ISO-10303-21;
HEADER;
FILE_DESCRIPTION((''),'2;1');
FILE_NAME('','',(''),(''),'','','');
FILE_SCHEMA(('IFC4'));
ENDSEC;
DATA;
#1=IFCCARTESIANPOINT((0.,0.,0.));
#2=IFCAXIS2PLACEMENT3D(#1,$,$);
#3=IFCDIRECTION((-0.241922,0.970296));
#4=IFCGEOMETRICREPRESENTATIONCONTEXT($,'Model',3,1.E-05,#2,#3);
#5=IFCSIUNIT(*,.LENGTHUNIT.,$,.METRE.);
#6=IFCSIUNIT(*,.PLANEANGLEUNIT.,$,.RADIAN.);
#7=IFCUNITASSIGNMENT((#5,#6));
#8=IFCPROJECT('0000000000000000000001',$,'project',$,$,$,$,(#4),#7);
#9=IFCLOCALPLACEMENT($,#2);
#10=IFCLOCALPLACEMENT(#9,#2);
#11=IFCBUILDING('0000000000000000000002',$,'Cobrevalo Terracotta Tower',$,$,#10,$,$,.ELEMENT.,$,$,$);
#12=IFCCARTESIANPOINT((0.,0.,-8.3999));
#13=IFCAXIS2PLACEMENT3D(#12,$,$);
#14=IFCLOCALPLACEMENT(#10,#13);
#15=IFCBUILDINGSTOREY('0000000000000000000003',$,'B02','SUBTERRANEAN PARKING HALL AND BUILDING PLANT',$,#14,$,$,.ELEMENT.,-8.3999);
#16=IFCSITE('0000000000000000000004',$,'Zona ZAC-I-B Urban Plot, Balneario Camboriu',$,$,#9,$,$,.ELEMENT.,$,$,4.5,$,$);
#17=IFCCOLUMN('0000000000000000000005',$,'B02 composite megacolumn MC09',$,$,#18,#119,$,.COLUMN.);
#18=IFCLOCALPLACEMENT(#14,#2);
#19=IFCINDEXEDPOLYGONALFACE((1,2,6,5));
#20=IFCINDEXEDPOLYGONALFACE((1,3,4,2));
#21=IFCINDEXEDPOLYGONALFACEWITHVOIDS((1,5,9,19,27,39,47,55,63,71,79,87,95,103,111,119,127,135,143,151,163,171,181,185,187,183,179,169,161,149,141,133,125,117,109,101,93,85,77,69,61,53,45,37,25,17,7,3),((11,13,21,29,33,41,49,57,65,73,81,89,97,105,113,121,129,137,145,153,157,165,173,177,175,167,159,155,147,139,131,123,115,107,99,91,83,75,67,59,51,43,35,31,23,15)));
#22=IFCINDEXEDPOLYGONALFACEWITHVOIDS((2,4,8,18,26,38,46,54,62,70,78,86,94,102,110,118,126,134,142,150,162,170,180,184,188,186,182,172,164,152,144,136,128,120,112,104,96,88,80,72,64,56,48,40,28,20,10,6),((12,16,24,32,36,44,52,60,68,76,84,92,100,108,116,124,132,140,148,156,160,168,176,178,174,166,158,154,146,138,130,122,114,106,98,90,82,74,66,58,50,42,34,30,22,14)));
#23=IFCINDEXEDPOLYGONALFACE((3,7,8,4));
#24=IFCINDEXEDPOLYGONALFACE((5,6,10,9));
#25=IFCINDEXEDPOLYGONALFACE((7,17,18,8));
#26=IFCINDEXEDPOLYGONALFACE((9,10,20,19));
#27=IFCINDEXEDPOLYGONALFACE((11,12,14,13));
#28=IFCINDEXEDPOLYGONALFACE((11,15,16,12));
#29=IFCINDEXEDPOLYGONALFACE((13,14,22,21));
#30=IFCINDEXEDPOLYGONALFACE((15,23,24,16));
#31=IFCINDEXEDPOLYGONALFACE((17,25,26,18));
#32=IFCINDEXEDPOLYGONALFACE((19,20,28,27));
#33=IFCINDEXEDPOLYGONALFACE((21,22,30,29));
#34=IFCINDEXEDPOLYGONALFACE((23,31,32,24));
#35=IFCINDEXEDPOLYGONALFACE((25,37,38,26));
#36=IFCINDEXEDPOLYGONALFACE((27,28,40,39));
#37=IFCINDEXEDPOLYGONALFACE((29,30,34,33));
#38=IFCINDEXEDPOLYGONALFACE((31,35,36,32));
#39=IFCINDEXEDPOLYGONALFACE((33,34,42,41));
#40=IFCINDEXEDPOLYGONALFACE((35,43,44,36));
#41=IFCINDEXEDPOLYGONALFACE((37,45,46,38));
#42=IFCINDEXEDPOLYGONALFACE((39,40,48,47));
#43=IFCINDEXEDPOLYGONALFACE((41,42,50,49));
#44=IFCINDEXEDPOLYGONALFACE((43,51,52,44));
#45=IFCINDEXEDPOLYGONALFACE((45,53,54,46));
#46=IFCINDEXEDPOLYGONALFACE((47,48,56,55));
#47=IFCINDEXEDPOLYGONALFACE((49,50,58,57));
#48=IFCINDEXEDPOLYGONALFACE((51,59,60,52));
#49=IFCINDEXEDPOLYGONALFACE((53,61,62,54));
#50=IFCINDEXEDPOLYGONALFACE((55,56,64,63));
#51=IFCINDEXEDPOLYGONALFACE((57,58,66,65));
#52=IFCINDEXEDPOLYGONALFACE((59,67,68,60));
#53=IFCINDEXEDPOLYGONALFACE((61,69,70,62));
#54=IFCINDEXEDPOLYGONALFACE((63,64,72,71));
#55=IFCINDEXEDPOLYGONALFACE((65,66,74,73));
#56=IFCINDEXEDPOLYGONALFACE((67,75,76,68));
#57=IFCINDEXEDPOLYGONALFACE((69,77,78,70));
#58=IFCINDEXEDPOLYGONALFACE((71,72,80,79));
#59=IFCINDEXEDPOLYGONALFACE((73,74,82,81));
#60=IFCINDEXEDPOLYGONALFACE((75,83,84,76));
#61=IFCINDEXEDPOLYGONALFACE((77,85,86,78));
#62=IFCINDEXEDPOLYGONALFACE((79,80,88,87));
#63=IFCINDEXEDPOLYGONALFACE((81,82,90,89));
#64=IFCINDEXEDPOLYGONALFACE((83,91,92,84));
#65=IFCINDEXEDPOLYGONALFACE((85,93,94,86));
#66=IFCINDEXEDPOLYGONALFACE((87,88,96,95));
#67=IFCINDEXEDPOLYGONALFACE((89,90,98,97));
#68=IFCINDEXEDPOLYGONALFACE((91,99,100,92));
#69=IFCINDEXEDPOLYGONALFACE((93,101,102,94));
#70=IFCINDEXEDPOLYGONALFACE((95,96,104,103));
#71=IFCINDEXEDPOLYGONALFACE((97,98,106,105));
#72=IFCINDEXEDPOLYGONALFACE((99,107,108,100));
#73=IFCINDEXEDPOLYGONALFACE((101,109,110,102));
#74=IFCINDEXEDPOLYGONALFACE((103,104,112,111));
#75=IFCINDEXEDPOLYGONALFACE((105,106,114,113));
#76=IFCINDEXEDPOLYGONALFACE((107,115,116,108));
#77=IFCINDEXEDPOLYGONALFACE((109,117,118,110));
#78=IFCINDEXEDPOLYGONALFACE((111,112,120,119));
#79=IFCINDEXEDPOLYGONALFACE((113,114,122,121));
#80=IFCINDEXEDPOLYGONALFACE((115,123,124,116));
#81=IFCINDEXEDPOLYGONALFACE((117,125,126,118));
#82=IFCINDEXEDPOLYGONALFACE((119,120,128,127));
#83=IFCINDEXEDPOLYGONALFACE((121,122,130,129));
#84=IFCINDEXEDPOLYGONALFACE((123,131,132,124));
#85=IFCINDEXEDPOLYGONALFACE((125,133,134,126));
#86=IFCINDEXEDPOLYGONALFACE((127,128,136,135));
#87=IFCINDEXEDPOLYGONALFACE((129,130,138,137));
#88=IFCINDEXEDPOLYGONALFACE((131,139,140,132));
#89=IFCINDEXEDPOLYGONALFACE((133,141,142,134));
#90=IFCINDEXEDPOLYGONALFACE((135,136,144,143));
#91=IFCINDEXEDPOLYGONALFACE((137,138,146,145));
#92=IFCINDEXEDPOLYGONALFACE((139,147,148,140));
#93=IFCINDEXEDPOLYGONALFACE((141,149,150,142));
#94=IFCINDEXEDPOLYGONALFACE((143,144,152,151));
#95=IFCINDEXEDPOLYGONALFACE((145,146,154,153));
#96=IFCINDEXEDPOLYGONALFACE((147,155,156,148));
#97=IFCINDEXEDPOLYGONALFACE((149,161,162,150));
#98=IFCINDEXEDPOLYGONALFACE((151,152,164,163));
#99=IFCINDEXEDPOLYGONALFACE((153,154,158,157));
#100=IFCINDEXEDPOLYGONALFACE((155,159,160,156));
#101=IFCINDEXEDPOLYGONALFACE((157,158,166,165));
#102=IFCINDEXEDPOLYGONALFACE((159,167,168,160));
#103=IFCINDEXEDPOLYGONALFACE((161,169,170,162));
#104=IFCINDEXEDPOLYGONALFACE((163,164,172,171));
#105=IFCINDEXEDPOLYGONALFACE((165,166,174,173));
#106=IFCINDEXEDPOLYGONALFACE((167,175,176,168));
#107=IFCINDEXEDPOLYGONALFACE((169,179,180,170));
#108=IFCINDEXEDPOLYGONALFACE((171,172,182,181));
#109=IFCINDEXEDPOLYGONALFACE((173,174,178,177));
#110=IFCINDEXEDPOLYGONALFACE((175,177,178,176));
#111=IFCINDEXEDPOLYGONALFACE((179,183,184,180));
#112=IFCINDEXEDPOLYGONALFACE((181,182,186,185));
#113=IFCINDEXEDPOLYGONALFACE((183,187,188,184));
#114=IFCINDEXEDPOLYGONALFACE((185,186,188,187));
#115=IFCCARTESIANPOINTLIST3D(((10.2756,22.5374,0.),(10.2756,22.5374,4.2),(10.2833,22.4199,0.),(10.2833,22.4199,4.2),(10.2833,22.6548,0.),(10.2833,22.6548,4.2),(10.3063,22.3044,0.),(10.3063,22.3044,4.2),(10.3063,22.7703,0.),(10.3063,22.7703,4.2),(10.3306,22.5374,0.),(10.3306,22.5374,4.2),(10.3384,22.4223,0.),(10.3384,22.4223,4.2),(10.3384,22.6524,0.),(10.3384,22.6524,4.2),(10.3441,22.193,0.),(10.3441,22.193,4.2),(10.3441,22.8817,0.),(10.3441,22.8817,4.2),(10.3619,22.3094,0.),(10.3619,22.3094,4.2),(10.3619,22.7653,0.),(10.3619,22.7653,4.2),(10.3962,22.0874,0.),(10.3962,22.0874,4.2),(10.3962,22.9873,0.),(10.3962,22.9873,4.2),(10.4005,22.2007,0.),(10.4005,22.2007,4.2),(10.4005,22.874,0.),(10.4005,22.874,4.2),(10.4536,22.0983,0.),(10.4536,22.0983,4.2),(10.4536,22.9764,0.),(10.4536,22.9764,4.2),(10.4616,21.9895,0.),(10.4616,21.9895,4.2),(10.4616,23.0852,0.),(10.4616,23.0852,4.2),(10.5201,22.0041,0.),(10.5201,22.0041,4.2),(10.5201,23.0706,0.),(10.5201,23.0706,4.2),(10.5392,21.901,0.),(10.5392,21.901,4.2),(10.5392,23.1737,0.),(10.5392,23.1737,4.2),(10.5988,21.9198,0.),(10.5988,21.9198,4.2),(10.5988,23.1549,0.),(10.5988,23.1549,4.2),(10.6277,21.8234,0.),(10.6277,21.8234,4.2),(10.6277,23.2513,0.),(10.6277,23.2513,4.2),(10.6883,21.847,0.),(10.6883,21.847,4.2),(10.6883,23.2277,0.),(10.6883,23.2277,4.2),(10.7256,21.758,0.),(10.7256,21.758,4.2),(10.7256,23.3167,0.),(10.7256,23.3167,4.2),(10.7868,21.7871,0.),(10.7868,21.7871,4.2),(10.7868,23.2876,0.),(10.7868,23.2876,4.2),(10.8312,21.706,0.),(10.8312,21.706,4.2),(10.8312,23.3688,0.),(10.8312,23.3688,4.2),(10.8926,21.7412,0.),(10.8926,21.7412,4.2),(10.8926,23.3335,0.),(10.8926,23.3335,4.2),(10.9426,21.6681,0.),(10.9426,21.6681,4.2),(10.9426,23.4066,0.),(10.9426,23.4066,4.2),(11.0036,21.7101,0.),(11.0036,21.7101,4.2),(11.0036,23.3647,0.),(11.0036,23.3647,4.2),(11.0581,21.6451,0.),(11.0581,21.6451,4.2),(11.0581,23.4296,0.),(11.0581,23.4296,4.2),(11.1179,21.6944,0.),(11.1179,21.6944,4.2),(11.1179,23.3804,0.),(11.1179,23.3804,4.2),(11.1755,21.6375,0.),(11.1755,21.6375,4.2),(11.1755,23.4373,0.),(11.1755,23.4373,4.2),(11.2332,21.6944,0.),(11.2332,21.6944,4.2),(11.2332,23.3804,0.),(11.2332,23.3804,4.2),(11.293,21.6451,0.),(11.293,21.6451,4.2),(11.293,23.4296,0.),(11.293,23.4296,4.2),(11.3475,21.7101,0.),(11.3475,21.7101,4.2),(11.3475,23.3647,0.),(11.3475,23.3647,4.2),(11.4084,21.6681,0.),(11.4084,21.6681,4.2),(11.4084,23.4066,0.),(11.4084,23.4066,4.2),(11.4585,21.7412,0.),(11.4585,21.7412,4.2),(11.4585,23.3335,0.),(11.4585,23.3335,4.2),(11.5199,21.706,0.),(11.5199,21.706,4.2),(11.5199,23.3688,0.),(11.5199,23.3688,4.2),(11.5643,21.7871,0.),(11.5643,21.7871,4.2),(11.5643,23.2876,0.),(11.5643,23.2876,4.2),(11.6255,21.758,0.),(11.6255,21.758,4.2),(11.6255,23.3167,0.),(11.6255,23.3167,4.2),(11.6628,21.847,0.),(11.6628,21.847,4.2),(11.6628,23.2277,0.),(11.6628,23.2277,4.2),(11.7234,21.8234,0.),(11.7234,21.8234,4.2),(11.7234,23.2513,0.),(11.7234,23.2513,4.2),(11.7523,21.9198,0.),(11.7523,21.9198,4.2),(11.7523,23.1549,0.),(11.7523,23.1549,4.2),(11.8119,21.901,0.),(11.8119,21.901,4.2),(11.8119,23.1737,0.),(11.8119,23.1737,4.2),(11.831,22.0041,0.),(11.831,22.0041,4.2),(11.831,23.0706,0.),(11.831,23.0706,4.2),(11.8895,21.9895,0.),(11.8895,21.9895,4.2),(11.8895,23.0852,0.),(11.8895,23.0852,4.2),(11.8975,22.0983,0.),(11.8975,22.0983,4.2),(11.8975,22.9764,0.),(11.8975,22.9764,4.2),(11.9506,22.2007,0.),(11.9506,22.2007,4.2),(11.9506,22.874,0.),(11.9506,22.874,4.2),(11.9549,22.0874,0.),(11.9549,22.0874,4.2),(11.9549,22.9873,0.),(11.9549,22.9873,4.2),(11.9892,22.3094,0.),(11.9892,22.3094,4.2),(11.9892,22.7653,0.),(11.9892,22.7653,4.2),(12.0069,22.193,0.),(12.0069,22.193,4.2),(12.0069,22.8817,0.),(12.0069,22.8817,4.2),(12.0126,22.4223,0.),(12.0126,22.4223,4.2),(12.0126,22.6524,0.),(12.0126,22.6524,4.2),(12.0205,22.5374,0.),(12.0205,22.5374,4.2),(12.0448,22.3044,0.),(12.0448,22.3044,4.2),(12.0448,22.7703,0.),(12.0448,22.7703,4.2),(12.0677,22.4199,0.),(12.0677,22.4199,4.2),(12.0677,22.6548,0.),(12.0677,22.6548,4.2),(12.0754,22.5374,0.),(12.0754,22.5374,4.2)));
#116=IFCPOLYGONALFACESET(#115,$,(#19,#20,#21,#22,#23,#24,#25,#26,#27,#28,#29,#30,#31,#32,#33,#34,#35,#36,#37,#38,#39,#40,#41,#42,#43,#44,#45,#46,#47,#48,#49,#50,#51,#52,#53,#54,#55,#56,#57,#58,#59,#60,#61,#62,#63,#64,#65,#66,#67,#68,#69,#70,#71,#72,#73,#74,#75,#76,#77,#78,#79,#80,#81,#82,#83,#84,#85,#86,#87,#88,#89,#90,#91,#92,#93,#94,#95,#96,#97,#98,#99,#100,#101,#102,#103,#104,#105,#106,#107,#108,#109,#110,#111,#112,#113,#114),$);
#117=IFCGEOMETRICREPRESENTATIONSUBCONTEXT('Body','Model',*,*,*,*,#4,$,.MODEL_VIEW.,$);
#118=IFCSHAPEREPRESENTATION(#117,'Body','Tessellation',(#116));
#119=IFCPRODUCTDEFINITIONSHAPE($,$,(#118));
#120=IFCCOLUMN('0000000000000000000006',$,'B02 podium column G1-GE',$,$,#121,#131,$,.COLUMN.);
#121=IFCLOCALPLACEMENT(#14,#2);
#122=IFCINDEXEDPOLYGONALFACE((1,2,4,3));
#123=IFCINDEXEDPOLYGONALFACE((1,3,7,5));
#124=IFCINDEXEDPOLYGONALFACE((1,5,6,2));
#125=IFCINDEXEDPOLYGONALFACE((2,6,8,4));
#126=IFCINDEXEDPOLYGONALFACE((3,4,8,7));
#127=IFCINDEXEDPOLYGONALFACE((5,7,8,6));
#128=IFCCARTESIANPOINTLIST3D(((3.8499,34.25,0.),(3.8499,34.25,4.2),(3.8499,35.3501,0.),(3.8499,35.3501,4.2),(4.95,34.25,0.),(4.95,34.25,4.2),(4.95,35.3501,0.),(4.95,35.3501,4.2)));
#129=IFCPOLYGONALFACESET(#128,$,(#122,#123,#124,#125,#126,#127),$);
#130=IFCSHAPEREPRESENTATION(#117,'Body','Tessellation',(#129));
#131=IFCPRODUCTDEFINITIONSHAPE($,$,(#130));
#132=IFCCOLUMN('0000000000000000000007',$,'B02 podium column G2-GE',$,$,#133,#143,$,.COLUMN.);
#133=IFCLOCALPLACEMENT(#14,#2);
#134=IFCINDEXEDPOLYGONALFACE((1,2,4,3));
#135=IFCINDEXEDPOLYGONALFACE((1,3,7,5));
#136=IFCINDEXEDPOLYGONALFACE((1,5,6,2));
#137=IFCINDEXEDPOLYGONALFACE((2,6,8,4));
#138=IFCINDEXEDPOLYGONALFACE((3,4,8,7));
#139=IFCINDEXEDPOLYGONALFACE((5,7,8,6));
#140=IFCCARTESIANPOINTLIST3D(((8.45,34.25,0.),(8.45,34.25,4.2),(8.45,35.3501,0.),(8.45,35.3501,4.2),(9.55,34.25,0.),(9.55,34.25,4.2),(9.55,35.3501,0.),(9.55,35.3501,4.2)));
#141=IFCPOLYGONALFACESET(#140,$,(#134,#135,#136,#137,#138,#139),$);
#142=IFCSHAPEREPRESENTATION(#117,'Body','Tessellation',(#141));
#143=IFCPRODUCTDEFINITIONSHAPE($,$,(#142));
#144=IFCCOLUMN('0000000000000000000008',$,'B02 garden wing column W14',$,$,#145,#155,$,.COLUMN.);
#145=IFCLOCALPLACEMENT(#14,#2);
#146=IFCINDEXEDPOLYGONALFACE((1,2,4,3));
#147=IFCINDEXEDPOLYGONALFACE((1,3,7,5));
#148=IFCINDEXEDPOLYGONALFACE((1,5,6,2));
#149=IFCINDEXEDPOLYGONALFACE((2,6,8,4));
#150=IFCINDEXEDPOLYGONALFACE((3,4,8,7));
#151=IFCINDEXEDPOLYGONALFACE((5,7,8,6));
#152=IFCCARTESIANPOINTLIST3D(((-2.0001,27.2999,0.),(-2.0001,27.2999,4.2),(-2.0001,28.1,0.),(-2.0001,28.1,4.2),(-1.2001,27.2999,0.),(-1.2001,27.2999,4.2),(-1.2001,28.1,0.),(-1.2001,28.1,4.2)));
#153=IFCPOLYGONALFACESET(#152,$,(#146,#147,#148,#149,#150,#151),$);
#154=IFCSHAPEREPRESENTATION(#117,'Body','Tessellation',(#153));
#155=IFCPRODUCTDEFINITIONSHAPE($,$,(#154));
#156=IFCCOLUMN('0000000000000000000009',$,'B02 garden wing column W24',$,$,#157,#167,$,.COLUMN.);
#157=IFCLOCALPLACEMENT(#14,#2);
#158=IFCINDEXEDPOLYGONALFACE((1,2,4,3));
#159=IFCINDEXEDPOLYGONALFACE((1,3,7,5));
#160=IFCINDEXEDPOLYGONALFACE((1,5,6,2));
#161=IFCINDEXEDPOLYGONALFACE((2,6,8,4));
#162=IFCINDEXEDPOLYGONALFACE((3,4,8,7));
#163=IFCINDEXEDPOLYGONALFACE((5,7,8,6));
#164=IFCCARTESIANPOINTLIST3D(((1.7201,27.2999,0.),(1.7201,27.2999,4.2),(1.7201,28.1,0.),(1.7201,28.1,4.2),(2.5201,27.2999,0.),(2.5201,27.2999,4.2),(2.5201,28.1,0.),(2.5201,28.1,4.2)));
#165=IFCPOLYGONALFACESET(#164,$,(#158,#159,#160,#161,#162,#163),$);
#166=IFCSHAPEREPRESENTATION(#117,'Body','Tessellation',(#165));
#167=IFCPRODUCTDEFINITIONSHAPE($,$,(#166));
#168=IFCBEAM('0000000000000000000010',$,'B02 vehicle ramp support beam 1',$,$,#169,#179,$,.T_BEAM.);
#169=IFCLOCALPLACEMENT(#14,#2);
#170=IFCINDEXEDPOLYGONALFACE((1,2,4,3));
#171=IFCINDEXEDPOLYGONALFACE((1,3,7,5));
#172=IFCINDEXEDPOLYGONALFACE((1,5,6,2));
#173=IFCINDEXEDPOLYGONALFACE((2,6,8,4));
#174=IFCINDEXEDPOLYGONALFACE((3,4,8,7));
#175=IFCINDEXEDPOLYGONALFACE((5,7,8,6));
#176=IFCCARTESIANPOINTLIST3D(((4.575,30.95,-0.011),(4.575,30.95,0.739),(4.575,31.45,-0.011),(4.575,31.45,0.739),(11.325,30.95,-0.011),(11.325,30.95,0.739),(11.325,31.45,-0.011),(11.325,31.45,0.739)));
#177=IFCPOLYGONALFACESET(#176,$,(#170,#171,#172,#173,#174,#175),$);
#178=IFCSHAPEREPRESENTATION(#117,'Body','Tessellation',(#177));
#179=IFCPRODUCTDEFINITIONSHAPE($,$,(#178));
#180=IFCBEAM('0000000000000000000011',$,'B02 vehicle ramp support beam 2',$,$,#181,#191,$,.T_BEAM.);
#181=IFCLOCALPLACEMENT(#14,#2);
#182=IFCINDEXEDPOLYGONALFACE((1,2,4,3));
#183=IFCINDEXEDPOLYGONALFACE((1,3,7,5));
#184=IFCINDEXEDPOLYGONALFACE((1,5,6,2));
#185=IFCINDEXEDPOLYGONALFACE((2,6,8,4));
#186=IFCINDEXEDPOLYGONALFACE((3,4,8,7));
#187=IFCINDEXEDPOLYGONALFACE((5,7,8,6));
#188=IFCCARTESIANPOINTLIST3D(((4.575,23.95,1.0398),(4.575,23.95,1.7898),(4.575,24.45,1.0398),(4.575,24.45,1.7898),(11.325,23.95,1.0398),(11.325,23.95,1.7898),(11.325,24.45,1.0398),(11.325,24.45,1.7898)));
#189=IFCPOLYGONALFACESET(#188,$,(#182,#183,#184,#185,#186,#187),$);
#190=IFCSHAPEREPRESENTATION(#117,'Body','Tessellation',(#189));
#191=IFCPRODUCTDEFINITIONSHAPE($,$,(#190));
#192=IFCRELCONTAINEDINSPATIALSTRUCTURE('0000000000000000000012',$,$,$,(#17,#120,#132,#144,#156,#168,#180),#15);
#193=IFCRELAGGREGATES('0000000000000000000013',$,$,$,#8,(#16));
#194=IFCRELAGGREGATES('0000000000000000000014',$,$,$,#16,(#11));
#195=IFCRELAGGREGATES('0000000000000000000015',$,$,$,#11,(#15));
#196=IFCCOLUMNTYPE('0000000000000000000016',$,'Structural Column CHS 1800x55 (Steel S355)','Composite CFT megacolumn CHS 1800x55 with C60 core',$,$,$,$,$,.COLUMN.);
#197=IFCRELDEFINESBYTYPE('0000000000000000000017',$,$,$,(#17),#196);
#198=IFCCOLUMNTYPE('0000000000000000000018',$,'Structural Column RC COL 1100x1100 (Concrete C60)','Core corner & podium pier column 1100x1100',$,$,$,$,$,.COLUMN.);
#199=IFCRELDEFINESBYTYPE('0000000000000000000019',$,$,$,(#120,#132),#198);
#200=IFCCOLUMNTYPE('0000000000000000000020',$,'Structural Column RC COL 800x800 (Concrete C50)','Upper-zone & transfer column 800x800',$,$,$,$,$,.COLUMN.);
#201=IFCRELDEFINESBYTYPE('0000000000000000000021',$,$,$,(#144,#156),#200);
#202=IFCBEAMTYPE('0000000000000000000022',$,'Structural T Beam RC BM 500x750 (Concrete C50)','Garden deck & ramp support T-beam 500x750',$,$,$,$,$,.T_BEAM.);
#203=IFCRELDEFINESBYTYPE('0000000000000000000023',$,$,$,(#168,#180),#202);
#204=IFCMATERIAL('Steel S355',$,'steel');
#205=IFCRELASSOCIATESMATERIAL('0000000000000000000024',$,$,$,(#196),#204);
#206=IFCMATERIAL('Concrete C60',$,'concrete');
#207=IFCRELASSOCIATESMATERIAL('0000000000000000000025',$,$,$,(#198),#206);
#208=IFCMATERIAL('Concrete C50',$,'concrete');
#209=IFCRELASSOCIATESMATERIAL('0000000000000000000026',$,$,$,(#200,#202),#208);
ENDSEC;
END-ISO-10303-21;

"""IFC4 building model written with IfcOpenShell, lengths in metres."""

from ifc_helpers import new_model, si_unit, direction, frame, origin, origin_2d, place, context, subcontext, project, spatial, rectangle, hollow_circle, extrude, material, material_profile, profile_set, type_object, element, save


model = new_model("IFC4")

# Units and contexts
model_context = context("Model", 3, precision=1e-05, world=origin(), true_north=direction((-0.241922, 0.970296)))
body_context = subcontext(model_context, "Body", "Model", "MODEL_VIEW")
ifc_project = project(units=[si_unit("LENGTHUNIT", "METRE"), si_unit("PLANEANGLEUNIT", "RADIAN")], contexts=[model_context])

# Site, building, storey
site_placement = place(None, origin())
site = spatial("IfcSite", under=ifc_project, at=site_placement, Name="Zona ZAC-I-B Urban Plot, Balneario Camboriu", CompositionType="ELEMENT", RefElevation=4.5)
building_placement = place(site_placement, origin())
building = spatial("IfcBuilding", under=site, at=building_placement, Name="Cobrevalo Terracotta Tower", CompositionType="ELEMENT")
storey_placement = place(building_placement, frame((0.0, 0.0, -8.3999)))
storey = spatial("IfcBuildingStorey", under=building, at=storey_placement, Name="B02", Description="SUBTERRANEAN PARKING HALL AND BUILDING PLANT", CompositionType="ELEMENT", Elevation=-8.3999)

# Shared definitions
ifc_material_1 = material(Name="Concrete C50", Category="concrete")

# Columns
ifc_material_2 = material(Name="Steel S355", Category="steel")
ifc_material_profile_1 = material_profile(ifc_material_2, hollow_circle(Radius=0.8999, WallThickness=0.0549, at=origin_2d()), Name="CHS 1800x55")
ifc_profile_set_1 = profile_set([ifc_material_profile_1], Name="Steel S355")
column_type_1 = type_object("IfcColumnType", Name="Structural Column CHS 1800x55 (Steel S355)", Description="Composite CFT megacolumn CHS 1800x55 with C60 core", PredefinedType="COLUMN", material=ifc_profile_set_1)
for number, where, z_axis, x_axis, name in (
    (1, (11.1755, 22.5374, 0.0), (0.0, 0.0, 1.0), (1.0, 0.0, 0.0), "B02 composite megacolumn MC09"),
):
    element("IfcColumn", number, at=place(storey_placement, frame(where, z_axis=z_axis, x_axis=x_axis)), inside=storey, type_object=column_type_1, Name=name, PredefinedType="COLUMN", context=body_context, shape_type="SweptSolid", body=[
        extrude(hollow_circle(Radius=0.8999, WallThickness=0.0549, at=origin_2d()), origin(), (0.0, 0.0, 1.0), 4.2),
    ])
ifc_material_3 = material(Name="Concrete C60", Category="concrete")
ifc_material_profile_2 = material_profile(ifc_material_3, rectangle(XDim=1.1001, YDim=1.1001, at=origin_2d()), Name="RC COL 1100x1100")
ifc_profile_set_2 = profile_set([ifc_material_profile_2], Name="Concrete C60")
column_type_2 = type_object("IfcColumnType", Name="Structural Column RC COL 1100x1100 (Concrete C60)", Description="Core corner & podium pier column 1100x1100", PredefinedType="COLUMN", material=ifc_profile_set_2)
for number, where, z_axis, x_axis, name in (
    (2, (4.3999, 34.8, 0.0), (0.0, 0.0, 1.0), (1.0, 0.0, 0.0), "B02 podium column G1-GE"),
    (3, (9.0, 34.8, 0.0), (0.0, 0.0, 1.0), (1.0, 0.0, 0.0), "B02 podium column G2-GE"),
):
    element("IfcColumn", number, at=place(storey_placement, frame(where, z_axis=z_axis, x_axis=x_axis)), inside=storey, type_object=column_type_2, Name=name, PredefinedType="COLUMN", context=body_context, shape_type="SweptSolid", body=[
        extrude(rectangle(XDim=1.1001, YDim=1.1001, at=origin_2d()), origin(), (0.0, 0.0, 1.0), 4.2),
    ])
ifc_material_profile_3 = material_profile(ifc_material_1, rectangle(XDim=0.8, YDim=0.8, at=origin_2d()), Name="RC COL 800x800")
ifc_profile_set_3 = profile_set([ifc_material_profile_3], Name="Concrete C50")
column_type_3 = type_object("IfcColumnType", Name="Structural Column RC COL 800x800 (Concrete C50)", Description="Upper-zone & transfer column 800x800", PredefinedType="COLUMN", material=ifc_profile_set_3)
for number, where, z_axis, x_axis, name in (
    (4, (-1.6001, 27.7, 0.0), (0.0, 0.0, 1.0), (1.0, 0.0, 0.0), "B02 garden wing column W14"),
    (5, (2.1201, 27.7, 0.0), (0.0, 0.0, 1.0), (1.0, 0.0, 0.0), "B02 garden wing column W24"),
):
    element("IfcColumn", number, at=place(storey_placement, frame(where, z_axis=z_axis, x_axis=x_axis)), inside=storey, type_object=column_type_3, Name=name, PredefinedType="COLUMN", context=body_context, shape_type="SweptSolid", body=[
        extrude(rectangle(XDim=0.8, YDim=0.8, at=origin_2d()), origin(), (0.0, 0.0, 1.0), 4.2),
    ])

# Beams
ifc_material_profile_4 = material_profile(ifc_material_1, rectangle(XDim=0.5, YDim=0.75, at=origin_2d()), Name="RC BM 500x750")
ifc_profile_set_4 = profile_set([ifc_material_profile_4], Name="Concrete C50")
beam_type = type_object("IfcBeamType", Name="Structural T Beam RC BM 500x750 (Concrete C50)", Description="Garden deck & ramp support T-beam 500x750", PredefinedType="T_BEAM", material=ifc_profile_set_4)
for number, where, z_axis, x_axis, name in (
    (6, (4.575, 31.2, 0.364), (1.0, 0.0, 0.0), (0.0, 1.0, 0.0), "B02 vehicle ramp support beam 1"),
    (7, (4.575, 24.2, 1.4148), (1.0, 0.0, 0.0), (0.0, 1.0, 0.0), "B02 vehicle ramp support beam 2"),
):
    element("IfcBeam", number, at=place(storey_placement, frame(where, z_axis=z_axis, x_axis=x_axis)), inside=storey, type_object=beam_type, Name=name, PredefinedType="T_BEAM", context=body_context, shape_type="SweptSolid", body=[
        extrude(rectangle(XDim=0.5, YDim=0.75, at=origin_2d()), origin(), (0.0, 0.0, 1.0), 6.75),
    ])

save(model, "model.ifc")
